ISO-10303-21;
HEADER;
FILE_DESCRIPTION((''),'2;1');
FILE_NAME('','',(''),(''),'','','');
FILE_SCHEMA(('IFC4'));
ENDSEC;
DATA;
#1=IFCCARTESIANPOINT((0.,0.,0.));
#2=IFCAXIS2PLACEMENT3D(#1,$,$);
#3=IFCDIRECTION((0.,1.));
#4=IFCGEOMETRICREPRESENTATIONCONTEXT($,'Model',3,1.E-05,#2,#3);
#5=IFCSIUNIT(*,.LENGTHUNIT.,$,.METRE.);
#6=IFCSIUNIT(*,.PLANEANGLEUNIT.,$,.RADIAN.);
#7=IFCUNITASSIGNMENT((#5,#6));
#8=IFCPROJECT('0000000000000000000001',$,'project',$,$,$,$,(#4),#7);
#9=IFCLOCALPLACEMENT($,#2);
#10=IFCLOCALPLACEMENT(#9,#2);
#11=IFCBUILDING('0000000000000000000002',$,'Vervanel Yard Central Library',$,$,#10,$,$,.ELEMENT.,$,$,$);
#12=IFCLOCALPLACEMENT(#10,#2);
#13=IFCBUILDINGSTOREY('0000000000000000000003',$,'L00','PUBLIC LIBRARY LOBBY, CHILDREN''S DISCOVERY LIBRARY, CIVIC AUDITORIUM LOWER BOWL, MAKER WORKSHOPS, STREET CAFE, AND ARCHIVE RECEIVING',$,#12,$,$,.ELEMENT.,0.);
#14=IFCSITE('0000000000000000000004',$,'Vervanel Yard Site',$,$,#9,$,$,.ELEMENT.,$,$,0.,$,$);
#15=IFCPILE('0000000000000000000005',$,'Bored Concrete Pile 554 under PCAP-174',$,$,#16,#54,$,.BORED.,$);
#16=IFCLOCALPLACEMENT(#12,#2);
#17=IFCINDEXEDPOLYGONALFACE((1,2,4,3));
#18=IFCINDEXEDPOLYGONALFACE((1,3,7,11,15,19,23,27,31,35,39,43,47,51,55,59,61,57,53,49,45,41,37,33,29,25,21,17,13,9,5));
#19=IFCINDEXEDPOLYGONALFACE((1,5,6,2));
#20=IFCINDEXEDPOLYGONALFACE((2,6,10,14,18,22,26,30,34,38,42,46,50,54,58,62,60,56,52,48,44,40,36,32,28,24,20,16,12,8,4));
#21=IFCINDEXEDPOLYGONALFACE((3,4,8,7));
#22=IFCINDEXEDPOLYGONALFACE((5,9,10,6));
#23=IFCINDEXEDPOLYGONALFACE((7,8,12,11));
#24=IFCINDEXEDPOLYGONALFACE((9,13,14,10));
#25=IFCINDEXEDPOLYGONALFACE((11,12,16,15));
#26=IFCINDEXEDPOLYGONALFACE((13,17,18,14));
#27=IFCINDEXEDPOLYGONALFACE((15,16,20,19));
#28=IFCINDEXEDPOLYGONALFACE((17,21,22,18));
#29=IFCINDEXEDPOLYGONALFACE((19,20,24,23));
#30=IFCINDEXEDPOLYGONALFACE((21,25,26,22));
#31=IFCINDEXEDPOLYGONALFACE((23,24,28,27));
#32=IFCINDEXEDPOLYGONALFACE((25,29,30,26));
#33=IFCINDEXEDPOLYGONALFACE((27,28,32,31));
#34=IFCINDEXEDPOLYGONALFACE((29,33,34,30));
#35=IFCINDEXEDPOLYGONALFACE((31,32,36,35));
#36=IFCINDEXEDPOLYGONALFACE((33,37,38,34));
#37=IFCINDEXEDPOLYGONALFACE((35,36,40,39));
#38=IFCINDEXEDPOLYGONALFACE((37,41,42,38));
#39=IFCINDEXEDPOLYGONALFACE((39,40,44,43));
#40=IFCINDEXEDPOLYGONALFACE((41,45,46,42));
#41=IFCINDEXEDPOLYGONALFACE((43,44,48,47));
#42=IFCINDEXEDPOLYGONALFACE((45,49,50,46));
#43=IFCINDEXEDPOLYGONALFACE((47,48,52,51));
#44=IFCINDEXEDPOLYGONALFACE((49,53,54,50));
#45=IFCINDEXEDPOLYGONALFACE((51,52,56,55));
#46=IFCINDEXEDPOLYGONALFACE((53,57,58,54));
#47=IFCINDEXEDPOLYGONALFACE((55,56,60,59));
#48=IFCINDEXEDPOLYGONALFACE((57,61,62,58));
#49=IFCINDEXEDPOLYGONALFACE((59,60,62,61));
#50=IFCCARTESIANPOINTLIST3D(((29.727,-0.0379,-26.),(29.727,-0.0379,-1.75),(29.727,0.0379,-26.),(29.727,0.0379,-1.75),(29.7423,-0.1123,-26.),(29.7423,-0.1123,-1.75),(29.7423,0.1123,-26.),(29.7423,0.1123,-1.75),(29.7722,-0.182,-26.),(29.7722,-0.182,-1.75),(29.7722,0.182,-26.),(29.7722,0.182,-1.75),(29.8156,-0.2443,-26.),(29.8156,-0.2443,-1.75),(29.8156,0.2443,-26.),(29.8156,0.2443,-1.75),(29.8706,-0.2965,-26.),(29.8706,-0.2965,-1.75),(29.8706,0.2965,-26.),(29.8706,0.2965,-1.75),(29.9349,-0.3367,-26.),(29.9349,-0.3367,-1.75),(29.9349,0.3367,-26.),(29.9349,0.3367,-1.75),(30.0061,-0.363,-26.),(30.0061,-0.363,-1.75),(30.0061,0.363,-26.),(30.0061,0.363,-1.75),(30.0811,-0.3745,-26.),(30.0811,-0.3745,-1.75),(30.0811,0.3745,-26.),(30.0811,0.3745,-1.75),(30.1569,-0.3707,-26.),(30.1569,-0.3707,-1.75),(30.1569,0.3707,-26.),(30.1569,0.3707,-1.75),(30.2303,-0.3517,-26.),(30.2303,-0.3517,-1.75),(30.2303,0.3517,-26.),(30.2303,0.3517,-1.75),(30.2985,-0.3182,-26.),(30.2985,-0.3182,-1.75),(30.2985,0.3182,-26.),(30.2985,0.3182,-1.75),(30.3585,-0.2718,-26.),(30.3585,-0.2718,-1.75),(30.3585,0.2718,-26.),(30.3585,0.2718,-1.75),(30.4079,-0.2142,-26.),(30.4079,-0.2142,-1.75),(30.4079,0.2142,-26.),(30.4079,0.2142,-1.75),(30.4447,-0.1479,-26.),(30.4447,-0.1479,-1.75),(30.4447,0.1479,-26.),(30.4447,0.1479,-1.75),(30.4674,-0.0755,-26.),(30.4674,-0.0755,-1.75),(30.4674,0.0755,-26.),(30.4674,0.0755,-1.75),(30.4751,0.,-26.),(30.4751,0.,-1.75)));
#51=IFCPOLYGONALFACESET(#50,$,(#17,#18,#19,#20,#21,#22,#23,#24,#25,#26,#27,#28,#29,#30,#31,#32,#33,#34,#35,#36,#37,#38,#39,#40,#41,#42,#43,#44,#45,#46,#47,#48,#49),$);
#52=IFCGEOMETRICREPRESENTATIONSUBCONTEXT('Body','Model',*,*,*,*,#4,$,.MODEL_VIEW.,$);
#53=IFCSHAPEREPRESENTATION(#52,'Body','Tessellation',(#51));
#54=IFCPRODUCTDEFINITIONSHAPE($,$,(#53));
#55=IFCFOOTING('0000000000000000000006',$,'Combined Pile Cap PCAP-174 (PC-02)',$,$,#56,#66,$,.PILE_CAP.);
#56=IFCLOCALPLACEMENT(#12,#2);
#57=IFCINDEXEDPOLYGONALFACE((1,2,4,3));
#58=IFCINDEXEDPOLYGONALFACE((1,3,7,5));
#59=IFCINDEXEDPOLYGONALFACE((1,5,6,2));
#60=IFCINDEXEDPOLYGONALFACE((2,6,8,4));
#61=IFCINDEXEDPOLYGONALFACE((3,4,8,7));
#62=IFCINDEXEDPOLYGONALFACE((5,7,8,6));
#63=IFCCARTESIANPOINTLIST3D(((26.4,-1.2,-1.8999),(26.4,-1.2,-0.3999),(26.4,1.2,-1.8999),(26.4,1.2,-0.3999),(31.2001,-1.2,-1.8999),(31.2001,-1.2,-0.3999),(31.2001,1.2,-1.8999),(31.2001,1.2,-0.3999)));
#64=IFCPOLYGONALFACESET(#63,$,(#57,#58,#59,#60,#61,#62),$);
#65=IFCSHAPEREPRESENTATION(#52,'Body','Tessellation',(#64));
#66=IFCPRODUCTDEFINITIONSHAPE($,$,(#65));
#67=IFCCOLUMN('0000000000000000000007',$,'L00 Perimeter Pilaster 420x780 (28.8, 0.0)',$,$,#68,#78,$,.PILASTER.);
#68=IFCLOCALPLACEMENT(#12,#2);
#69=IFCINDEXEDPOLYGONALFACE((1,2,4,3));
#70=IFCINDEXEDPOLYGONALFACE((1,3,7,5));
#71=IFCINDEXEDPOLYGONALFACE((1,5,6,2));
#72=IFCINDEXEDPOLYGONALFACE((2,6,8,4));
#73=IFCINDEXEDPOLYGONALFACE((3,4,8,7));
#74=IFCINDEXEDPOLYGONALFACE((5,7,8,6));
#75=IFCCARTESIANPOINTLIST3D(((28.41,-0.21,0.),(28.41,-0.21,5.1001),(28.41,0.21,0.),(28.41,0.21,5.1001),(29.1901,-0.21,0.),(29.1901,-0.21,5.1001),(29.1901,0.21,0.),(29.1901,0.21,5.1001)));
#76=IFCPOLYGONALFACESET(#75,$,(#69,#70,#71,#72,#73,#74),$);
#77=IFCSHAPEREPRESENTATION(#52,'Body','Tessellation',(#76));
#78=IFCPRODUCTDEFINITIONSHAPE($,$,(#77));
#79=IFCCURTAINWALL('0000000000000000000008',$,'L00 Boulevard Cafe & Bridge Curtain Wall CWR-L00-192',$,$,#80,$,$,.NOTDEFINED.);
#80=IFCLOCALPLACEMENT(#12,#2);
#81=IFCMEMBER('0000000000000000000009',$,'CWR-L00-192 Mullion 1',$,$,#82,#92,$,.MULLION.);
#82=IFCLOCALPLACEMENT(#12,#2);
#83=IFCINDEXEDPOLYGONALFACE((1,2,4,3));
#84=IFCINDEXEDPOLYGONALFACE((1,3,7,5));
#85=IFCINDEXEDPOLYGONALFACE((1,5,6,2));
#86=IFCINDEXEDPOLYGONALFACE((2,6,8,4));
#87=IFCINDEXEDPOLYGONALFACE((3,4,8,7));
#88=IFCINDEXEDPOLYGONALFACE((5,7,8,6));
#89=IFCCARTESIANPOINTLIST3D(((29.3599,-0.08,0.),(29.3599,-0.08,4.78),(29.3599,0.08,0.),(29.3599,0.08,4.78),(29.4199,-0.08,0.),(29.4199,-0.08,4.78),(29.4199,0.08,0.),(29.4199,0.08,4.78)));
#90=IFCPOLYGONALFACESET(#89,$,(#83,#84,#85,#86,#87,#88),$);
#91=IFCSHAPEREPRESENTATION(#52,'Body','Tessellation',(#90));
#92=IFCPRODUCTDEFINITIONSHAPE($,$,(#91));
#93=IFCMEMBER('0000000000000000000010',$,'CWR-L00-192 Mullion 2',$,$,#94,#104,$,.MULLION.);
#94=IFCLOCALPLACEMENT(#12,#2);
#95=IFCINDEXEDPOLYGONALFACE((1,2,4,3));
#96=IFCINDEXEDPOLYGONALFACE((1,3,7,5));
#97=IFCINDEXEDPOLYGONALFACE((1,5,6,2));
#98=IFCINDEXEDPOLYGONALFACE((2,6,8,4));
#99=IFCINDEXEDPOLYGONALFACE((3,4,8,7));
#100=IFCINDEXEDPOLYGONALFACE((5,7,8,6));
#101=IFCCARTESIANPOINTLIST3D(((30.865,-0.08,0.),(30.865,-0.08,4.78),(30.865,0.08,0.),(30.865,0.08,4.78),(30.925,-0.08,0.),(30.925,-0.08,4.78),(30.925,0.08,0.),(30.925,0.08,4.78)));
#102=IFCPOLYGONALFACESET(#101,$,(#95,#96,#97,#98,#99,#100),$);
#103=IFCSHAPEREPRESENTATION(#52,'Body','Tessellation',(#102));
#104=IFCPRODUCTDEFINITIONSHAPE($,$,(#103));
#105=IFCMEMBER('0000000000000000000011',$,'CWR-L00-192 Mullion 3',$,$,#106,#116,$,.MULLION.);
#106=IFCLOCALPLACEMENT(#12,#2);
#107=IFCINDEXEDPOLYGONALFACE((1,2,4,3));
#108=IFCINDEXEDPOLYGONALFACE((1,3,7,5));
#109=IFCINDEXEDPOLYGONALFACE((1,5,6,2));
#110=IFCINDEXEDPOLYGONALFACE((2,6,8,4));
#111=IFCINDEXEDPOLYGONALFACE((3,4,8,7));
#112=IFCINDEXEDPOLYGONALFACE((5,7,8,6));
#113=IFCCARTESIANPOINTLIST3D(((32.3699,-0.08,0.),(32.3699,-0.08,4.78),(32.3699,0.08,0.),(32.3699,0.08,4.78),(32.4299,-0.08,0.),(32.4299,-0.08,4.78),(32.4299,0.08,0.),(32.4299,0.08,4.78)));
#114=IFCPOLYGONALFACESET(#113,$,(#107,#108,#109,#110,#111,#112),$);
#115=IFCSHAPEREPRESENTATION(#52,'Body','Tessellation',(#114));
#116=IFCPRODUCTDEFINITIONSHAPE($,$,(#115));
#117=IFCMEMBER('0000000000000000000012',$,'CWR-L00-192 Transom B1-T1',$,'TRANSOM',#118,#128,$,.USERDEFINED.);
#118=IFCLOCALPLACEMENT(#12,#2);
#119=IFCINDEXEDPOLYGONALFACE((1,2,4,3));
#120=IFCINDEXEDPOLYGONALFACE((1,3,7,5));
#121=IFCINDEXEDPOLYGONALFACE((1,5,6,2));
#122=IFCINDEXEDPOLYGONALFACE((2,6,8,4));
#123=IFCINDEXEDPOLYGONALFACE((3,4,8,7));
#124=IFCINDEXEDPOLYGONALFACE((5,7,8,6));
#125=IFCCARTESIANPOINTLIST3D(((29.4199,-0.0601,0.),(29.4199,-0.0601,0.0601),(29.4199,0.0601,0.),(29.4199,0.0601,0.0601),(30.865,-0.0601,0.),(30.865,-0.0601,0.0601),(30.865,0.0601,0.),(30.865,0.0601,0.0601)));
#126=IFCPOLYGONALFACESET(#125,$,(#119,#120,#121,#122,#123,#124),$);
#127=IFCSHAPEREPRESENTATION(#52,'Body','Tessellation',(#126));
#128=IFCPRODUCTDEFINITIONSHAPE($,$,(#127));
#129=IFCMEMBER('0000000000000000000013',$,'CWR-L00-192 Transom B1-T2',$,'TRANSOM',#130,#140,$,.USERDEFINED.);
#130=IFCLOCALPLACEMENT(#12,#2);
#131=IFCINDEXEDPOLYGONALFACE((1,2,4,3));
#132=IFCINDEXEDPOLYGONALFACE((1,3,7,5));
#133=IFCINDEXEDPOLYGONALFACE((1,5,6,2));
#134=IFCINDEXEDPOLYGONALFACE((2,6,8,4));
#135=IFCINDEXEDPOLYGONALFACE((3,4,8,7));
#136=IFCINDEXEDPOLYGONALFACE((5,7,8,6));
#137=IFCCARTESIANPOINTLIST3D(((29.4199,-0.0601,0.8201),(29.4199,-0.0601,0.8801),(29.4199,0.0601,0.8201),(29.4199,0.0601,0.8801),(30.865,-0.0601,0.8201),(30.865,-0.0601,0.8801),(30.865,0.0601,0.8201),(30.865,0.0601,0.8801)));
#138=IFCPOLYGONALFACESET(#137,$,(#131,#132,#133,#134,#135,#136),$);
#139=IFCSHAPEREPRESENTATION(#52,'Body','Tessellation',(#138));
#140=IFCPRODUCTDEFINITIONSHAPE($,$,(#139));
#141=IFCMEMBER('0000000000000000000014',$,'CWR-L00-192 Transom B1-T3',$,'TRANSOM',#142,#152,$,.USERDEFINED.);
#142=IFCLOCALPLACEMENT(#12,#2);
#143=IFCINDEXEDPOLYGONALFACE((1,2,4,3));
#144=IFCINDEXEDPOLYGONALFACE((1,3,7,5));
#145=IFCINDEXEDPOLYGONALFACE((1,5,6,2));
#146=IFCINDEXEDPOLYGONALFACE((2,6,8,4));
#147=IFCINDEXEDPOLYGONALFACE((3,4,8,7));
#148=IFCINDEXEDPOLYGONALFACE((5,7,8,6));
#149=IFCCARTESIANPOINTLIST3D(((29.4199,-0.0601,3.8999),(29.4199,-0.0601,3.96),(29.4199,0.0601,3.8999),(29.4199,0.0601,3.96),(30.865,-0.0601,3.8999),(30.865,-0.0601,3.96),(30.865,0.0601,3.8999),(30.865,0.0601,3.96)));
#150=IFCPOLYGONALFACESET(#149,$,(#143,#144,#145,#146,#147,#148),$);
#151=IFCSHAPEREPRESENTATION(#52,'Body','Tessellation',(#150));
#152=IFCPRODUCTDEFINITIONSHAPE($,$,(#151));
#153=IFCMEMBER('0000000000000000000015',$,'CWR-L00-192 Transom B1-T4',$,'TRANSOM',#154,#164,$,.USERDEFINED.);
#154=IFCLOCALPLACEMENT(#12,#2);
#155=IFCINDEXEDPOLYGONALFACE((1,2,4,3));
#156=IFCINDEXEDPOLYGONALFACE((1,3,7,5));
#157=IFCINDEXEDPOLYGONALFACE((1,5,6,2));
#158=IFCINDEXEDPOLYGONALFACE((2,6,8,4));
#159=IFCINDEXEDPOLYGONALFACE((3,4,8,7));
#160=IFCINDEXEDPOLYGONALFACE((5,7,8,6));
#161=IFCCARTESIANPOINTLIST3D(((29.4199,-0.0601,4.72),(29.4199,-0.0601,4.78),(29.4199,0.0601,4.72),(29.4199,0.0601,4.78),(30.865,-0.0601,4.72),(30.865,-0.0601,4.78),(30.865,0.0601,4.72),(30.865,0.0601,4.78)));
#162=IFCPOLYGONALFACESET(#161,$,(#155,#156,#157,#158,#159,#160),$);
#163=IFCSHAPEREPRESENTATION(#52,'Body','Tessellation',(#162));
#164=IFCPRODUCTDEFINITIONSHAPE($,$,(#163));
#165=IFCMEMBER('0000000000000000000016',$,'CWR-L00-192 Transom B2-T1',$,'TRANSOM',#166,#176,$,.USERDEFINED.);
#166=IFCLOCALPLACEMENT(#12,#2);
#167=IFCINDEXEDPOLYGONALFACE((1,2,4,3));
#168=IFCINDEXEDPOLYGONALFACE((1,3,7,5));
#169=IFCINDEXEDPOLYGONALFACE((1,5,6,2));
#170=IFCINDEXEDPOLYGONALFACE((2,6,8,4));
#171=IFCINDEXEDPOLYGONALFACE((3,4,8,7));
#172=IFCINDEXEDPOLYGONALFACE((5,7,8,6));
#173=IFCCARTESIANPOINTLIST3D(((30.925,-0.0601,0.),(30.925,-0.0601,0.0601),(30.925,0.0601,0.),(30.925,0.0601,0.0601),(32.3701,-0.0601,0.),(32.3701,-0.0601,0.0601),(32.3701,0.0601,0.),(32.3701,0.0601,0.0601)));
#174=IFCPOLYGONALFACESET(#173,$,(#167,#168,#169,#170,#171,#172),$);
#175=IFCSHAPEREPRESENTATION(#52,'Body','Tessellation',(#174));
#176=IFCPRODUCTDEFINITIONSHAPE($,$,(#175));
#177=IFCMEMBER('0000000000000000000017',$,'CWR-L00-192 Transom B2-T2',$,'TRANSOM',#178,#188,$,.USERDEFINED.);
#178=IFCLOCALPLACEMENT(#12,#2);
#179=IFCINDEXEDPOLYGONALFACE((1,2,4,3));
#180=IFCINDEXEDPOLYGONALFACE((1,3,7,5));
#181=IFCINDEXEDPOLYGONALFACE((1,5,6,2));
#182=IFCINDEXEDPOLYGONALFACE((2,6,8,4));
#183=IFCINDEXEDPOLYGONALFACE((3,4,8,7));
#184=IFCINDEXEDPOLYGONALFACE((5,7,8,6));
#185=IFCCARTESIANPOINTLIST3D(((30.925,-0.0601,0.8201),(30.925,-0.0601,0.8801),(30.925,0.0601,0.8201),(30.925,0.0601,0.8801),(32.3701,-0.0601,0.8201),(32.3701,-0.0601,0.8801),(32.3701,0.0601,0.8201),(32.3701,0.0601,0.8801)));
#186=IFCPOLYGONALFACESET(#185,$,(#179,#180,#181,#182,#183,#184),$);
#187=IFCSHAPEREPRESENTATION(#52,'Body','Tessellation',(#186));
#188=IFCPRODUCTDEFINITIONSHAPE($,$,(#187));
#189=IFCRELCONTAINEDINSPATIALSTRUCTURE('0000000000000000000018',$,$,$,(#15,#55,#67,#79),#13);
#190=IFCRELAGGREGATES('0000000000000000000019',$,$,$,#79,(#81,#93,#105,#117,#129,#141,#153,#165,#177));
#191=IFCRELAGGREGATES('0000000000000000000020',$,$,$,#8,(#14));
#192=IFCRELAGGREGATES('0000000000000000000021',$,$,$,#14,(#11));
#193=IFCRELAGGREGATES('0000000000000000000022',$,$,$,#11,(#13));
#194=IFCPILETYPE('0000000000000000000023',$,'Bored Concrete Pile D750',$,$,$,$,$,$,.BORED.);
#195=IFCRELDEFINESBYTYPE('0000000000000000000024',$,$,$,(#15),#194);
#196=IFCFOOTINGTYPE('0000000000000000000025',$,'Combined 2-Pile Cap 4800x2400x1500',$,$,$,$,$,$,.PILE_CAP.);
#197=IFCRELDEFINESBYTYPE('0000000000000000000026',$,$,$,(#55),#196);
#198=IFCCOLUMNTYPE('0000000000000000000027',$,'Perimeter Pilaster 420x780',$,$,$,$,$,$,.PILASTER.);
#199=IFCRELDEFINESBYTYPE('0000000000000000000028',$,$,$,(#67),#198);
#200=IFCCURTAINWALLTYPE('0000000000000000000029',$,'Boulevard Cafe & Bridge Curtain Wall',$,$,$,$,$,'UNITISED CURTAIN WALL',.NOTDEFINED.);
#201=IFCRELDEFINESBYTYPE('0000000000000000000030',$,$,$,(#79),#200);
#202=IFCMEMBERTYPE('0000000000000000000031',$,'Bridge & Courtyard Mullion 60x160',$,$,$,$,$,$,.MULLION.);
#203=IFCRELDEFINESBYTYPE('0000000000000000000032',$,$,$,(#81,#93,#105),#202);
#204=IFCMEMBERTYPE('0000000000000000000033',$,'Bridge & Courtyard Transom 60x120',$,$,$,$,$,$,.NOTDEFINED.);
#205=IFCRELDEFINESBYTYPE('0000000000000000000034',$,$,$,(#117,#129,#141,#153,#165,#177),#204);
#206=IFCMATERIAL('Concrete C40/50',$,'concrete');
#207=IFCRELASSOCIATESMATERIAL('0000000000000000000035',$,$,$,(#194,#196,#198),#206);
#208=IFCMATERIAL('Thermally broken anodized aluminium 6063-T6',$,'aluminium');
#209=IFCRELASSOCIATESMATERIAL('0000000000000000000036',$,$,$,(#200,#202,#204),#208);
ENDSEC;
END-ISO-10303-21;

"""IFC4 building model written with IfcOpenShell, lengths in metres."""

from ifc_helpers import new_model, si_unit, direction, frame, origin, origin_2d, place, context, subcontext, project, spatial, rectangle, circle, extrude, material, material_profile, profile_set, type_object, element, aggregate, save


model = new_model("IFC4")

# Units and contexts
model_context = context("Model", 3, precision=1e-05, world=origin(), true_north=direction((0.0, 1.0)))
body_context = subcontext(model_context, "Body", "Model", "MODEL_VIEW")
ifc_project = project(units=[si_unit("LENGTHUNIT", "METRE"), si_unit("PLANEANGLEUNIT", "RADIAN")], contexts=[model_context])

# Site, building, storey
site_placement = place(None, origin())
site = spatial("IfcSite", under=ifc_project, at=site_placement, Name="Vervanel Yard Site", CompositionType="ELEMENT", RefElevation=0.0)
building_placement = place(site_placement, origin())
building = spatial("IfcBuilding", under=site, at=building_placement, Name="Vervanel Yard Central Library", CompositionType="ELEMENT")
storey_placement = place(building_placement, origin())
storey = spatial("IfcBuildingStorey", under=building, at=storey_placement, Name="L00", Description="PUBLIC LIBRARY LOBBY, CHILDREN'S DISCOVERY LIBRARY, CIVIC AUDITORIUM LOWER BOWL, MAKER WORKSHOPS, STREET CAFE, AND ARCHIVE RECEIVING", CompositionType="ELEMENT", Elevation=0.0)

# Pile
ifc_material_1 = material(Name="Concrete C40/50", Category="concrete")
ifc_material_profile_1 = material_profile(ifc_material_1, circle(Radius=0.375, at=origin_2d()), Name="BP D750", Category="concrete")
ifc_profile_set_1 = profile_set([ifc_material_profile_1], Name="Concrete C40/50")
pile_type = type_object("IfcPileType", Name="Bored Concrete Pile D750", PredefinedType="BORED", material=ifc_profile_set_1)
pile_placement = place(storey_placement, frame((30.1001, 0.0, -1.75), z_axis=(0.0, 0.0, -1.0), x_axis=(1.0, 0.0, 0.0)))
element("IfcPile", 1, at=pile_placement, inside=storey, type_object=pile_type, Name="Bored Concrete Pile 554 under PCAP-174", PredefinedType="BORED", context=body_context, shape_type="SweptSolid", body=[
    extrude(circle(Radius=0.375, at=origin_2d()), origin(), (0.0, 0.0, 1.0), 24.25),
])

# Footing
footing_type = type_object("IfcFootingType", Name="Combined 2-Pile Cap 4800x2400x1500", PredefinedType="PILE_CAP", material=ifc_material_1)
footing_placement = place(storey_placement, frame((28.8, 0.0, -1.8999), z_axis=(0.0, 0.0, 1.0), x_axis=(1.0, 0.0, 0.0)))
element("IfcFooting", 2, at=footing_placement, inside=storey, type_object=footing_type, Name="Combined Pile Cap PCAP-174 (PC-02)", PredefinedType="PILE_CAP", context=body_context, shape_type="SweptSolid", body=[
    extrude(rectangle(XDim=4.8, YDim=2.3999, at=origin_2d()), origin(), (0.0, 0.0, 1.0), 1.5),
])

# Column
ifc_material_profile_2 = material_profile(ifc_material_1, rectangle(XDim=0.4199, YDim=0.78, at=origin_2d()), Name="RC 420x780", Category="concrete")
ifc_profile_set_2 = profile_set([ifc_material_profile_2], Name="Concrete C40/50")
column_type = type_object("IfcColumnType", Name="Perimeter Pilaster 420x780", PredefinedType="PILASTER", material=ifc_profile_set_2)
column_placement = place(storey_placement, frame((28.8, 0.0, 0.0), z_axis=(0.0, 0.0, 1.0), x_axis=(0.0, 1.0, 0.0)))
element("IfcColumn", 3, at=column_placement, inside=storey, type_object=column_type, Name="L00 Perimeter Pilaster 420x780 (28.8, 0.0)", PredefinedType="PILASTER", context=body_context, shape_type="SweptSolid", body=[
    extrude(rectangle(XDim=0.4199, YDim=0.78, at=origin_2d()), origin(), (0.0, 0.0, 1.0), 5.1001),
])

# Curtain wall, members
ifc_material_2 = material(Name="Thermally broken anodized aluminium 6063-T6", Category="aluminium")
curtain_wall_type = type_object("IfcCurtainWallType", Name="Boulevard Cafe & Bridge Curtain Wall", ElementType="UNITISED CURTAIN WALL", PredefinedType="NOTDEFINED", material=ifc_material_2)
curtain_wall_placement = place(storey_placement, origin())
curtain_wall = element("IfcCurtainWall", 4, at=curtain_wall_placement, inside=storey, type_object=curtain_wall_type, Name="L00 Boulevard Cafe & Bridge Curtain Wall CWR-L00-192", PredefinedType="NOTDEFINED")
ifc_material_profile_3 = material_profile(ifc_material_2, rectangle(XDim=0.0601, YDim=0.1599, at=origin_2d()), Name="ALU 60x160", Category="aluminium")
ifc_profile_set_3 = profile_set([ifc_material_profile_3], Name="Thermally broken anodized aluminium 6063-T6")
member_type_1 = type_object("IfcMemberType", Name="Bridge & Courtyard Mullion 60x160", PredefinedType="MULLION", material=ifc_profile_set_3)
member_1_placement = place(storey_placement, frame((29.3899, 0.0, 0.0), z_axis=(0.0, 0.0, 1.0), x_axis=(1.0, 0.0, 0.0)))
member_1 = element("IfcMember", 5, at=member_1_placement, type_object=member_type_1, Name="CWR-L00-192 Mullion 1", PredefinedType="MULLION", context=body_context, shape_type="SweptSolid", body=[
    extrude(rectangle(XDim=0.0601, YDim=0.1599, at=origin_2d()), origin(), (0.0, 0.0, 1.0), 4.78),
])
member_2_placement = place(storey_placement, frame((30.895, 0.0, 0.0), z_axis=(0.0, 0.0, 1.0), x_axis=(1.0, 0.0, 0.0)))
member_2 = element("IfcMember", 6, at=member_2_placement, type_object=member_type_1, Name="CWR-L00-192 Mullion 2", PredefinedType="MULLION", context=body_context, shape_type="SweptSolid", body=[
    extrude(rectangle(XDim=0.0601, YDim=0.1599, at=origin_2d()), origin(), (0.0, 0.0, 1.0), 4.78),
])
member_3_placement = place(storey_placement, frame((32.3999, 0.0, 0.0), z_axis=(0.0, 0.0, 1.0), x_axis=(1.0, 0.0, 0.0)))
member_3 = element("IfcMember", 7, at=member_3_placement, type_object=member_type_1, Name="CWR-L00-192 Mullion 3", PredefinedType="MULLION", context=body_context, shape_type="SweptSolid", body=[
    extrude(rectangle(XDim=0.0601, YDim=0.1599, at=origin_2d()), origin(), (0.0, 0.0, 1.0), 4.78),
])
ifc_material_profile_4 = material_profile(ifc_material_2, rectangle(XDim=0.0601, YDim=0.1201, at=origin_2d()), Name="ALU 60x120", Category="aluminium")
ifc_profile_set_4 = profile_set([ifc_material_profile_4], Name="Thermally broken anodized aluminium 6063-T6")
member_type_2 = type_object("IfcMemberType", Name="Bridge & Courtyard Transom 60x120", PredefinedType="NOTDEFINED", material=ifc_profile_set_4)
member_4_placement = place(storey_placement, frame((29.4199, 0.0, 0.03), z_axis=(1.0, 0.0, 0.0), x_axis=(0.0, 0.0, 1.0)))
member_4 = element("IfcMember", 8, at=member_4_placement, type_object=member_type_2, Name="CWR-L00-192 Transom B1-T1", ObjectType="TRANSOM", PredefinedType="USERDEFINED", context=body_context, shape_type="SweptSolid", body=[
    extrude(rectangle(XDim=0.0601, YDim=0.1201, at=origin_2d()), origin(), (0.0, 0.0, 1.0), 1.4451),
])
member_5_placement = place(storey_placement, frame((29.4199, 0.0, 0.8501), z_axis=(1.0, 0.0, 0.0), x_axis=(0.0, 0.0, 1.0)))
member_5 = element("IfcMember", 9, at=member_5_placement, type_object=member_type_2, Name="CWR-L00-192 Transom B1-T2", ObjectType="TRANSOM", PredefinedType="USERDEFINED", context=body_context, shape_type="SweptSolid", body=[
    extrude(rectangle(XDim=0.0601, YDim=0.1201, at=origin_2d()), origin(), (0.0, 0.0, 1.0), 1.4451),
])
member_6_placement = place(storey_placement, frame((29.4199, 0.0, 3.9299), z_axis=(1.0, 0.0, 0.0), x_axis=(0.0, 0.0, 1.0)))
member_6 = element("IfcMember", 10, at=member_6_placement, type_object=member_type_2, Name="CWR-L00-192 Transom B1-T3", ObjectType="TRANSOM", PredefinedType="USERDEFINED", context=body_context, shape_type="SweptSolid", body=[
    extrude(rectangle(XDim=0.0601, YDim=0.1201, at=origin_2d()), origin(), (0.0, 0.0, 1.0), 1.4451),
])
member_7_placement = place(storey_placement, frame((29.4199, 0.0, 4.75), z_axis=(1.0, 0.0, 0.0), x_axis=(0.0, 0.0, 1.0)))
member_7 = element("IfcMember", 11, at=member_7_placement, type_object=member_type_2, Name="CWR-L00-192 Transom B1-T4", ObjectType="TRANSOM", PredefinedType="USERDEFINED", context=body_context, shape_type="SweptSolid", body=[
    extrude(rectangle(XDim=0.0601, YDim=0.1201, at=origin_2d()), origin(), (0.0, 0.0, 1.0), 1.4451),
])
member_8_placement = place(storey_placement, frame((30.925, 0.0, 0.03), z_axis=(1.0, 0.0, 0.0), x_axis=(0.0, 0.0, 1.0)))
member_8 = element("IfcMember", 12, at=member_8_placement, type_object=member_type_2, Name="CWR-L00-192 Transom B2-T1", ObjectType="TRANSOM", PredefinedType="USERDEFINED", context=body_context, shape_type="SweptSolid", body=[
    extrude(rectangle(XDim=0.0601, YDim=0.1201, at=origin_2d()), origin(), (0.0, 0.0, 1.0), 1.4451),
])
member_9_placement = place(storey_placement, frame((30.925, 0.0, 0.8501), z_axis=(1.0, 0.0, 0.0), x_axis=(0.0, 0.0, 1.0)))
member_9 = element("IfcMember", 13, at=member_9_placement, type_object=member_type_2, Name="CWR-L00-192 Transom B2-T2", ObjectType="TRANSOM", PredefinedType="USERDEFINED", context=body_context, shape_type="SweptSolid", body=[
    extrude(rectangle(XDim=0.0601, YDim=0.1201, at=origin_2d()), origin(), (0.0, 0.0, 1.0), 1.4451),
])

aggregate(curtain_wall, [member_1, member_2, member_3, member_4, member_5, member_6, member_7, member_8, member_9])

save(model, "model.ifc")
